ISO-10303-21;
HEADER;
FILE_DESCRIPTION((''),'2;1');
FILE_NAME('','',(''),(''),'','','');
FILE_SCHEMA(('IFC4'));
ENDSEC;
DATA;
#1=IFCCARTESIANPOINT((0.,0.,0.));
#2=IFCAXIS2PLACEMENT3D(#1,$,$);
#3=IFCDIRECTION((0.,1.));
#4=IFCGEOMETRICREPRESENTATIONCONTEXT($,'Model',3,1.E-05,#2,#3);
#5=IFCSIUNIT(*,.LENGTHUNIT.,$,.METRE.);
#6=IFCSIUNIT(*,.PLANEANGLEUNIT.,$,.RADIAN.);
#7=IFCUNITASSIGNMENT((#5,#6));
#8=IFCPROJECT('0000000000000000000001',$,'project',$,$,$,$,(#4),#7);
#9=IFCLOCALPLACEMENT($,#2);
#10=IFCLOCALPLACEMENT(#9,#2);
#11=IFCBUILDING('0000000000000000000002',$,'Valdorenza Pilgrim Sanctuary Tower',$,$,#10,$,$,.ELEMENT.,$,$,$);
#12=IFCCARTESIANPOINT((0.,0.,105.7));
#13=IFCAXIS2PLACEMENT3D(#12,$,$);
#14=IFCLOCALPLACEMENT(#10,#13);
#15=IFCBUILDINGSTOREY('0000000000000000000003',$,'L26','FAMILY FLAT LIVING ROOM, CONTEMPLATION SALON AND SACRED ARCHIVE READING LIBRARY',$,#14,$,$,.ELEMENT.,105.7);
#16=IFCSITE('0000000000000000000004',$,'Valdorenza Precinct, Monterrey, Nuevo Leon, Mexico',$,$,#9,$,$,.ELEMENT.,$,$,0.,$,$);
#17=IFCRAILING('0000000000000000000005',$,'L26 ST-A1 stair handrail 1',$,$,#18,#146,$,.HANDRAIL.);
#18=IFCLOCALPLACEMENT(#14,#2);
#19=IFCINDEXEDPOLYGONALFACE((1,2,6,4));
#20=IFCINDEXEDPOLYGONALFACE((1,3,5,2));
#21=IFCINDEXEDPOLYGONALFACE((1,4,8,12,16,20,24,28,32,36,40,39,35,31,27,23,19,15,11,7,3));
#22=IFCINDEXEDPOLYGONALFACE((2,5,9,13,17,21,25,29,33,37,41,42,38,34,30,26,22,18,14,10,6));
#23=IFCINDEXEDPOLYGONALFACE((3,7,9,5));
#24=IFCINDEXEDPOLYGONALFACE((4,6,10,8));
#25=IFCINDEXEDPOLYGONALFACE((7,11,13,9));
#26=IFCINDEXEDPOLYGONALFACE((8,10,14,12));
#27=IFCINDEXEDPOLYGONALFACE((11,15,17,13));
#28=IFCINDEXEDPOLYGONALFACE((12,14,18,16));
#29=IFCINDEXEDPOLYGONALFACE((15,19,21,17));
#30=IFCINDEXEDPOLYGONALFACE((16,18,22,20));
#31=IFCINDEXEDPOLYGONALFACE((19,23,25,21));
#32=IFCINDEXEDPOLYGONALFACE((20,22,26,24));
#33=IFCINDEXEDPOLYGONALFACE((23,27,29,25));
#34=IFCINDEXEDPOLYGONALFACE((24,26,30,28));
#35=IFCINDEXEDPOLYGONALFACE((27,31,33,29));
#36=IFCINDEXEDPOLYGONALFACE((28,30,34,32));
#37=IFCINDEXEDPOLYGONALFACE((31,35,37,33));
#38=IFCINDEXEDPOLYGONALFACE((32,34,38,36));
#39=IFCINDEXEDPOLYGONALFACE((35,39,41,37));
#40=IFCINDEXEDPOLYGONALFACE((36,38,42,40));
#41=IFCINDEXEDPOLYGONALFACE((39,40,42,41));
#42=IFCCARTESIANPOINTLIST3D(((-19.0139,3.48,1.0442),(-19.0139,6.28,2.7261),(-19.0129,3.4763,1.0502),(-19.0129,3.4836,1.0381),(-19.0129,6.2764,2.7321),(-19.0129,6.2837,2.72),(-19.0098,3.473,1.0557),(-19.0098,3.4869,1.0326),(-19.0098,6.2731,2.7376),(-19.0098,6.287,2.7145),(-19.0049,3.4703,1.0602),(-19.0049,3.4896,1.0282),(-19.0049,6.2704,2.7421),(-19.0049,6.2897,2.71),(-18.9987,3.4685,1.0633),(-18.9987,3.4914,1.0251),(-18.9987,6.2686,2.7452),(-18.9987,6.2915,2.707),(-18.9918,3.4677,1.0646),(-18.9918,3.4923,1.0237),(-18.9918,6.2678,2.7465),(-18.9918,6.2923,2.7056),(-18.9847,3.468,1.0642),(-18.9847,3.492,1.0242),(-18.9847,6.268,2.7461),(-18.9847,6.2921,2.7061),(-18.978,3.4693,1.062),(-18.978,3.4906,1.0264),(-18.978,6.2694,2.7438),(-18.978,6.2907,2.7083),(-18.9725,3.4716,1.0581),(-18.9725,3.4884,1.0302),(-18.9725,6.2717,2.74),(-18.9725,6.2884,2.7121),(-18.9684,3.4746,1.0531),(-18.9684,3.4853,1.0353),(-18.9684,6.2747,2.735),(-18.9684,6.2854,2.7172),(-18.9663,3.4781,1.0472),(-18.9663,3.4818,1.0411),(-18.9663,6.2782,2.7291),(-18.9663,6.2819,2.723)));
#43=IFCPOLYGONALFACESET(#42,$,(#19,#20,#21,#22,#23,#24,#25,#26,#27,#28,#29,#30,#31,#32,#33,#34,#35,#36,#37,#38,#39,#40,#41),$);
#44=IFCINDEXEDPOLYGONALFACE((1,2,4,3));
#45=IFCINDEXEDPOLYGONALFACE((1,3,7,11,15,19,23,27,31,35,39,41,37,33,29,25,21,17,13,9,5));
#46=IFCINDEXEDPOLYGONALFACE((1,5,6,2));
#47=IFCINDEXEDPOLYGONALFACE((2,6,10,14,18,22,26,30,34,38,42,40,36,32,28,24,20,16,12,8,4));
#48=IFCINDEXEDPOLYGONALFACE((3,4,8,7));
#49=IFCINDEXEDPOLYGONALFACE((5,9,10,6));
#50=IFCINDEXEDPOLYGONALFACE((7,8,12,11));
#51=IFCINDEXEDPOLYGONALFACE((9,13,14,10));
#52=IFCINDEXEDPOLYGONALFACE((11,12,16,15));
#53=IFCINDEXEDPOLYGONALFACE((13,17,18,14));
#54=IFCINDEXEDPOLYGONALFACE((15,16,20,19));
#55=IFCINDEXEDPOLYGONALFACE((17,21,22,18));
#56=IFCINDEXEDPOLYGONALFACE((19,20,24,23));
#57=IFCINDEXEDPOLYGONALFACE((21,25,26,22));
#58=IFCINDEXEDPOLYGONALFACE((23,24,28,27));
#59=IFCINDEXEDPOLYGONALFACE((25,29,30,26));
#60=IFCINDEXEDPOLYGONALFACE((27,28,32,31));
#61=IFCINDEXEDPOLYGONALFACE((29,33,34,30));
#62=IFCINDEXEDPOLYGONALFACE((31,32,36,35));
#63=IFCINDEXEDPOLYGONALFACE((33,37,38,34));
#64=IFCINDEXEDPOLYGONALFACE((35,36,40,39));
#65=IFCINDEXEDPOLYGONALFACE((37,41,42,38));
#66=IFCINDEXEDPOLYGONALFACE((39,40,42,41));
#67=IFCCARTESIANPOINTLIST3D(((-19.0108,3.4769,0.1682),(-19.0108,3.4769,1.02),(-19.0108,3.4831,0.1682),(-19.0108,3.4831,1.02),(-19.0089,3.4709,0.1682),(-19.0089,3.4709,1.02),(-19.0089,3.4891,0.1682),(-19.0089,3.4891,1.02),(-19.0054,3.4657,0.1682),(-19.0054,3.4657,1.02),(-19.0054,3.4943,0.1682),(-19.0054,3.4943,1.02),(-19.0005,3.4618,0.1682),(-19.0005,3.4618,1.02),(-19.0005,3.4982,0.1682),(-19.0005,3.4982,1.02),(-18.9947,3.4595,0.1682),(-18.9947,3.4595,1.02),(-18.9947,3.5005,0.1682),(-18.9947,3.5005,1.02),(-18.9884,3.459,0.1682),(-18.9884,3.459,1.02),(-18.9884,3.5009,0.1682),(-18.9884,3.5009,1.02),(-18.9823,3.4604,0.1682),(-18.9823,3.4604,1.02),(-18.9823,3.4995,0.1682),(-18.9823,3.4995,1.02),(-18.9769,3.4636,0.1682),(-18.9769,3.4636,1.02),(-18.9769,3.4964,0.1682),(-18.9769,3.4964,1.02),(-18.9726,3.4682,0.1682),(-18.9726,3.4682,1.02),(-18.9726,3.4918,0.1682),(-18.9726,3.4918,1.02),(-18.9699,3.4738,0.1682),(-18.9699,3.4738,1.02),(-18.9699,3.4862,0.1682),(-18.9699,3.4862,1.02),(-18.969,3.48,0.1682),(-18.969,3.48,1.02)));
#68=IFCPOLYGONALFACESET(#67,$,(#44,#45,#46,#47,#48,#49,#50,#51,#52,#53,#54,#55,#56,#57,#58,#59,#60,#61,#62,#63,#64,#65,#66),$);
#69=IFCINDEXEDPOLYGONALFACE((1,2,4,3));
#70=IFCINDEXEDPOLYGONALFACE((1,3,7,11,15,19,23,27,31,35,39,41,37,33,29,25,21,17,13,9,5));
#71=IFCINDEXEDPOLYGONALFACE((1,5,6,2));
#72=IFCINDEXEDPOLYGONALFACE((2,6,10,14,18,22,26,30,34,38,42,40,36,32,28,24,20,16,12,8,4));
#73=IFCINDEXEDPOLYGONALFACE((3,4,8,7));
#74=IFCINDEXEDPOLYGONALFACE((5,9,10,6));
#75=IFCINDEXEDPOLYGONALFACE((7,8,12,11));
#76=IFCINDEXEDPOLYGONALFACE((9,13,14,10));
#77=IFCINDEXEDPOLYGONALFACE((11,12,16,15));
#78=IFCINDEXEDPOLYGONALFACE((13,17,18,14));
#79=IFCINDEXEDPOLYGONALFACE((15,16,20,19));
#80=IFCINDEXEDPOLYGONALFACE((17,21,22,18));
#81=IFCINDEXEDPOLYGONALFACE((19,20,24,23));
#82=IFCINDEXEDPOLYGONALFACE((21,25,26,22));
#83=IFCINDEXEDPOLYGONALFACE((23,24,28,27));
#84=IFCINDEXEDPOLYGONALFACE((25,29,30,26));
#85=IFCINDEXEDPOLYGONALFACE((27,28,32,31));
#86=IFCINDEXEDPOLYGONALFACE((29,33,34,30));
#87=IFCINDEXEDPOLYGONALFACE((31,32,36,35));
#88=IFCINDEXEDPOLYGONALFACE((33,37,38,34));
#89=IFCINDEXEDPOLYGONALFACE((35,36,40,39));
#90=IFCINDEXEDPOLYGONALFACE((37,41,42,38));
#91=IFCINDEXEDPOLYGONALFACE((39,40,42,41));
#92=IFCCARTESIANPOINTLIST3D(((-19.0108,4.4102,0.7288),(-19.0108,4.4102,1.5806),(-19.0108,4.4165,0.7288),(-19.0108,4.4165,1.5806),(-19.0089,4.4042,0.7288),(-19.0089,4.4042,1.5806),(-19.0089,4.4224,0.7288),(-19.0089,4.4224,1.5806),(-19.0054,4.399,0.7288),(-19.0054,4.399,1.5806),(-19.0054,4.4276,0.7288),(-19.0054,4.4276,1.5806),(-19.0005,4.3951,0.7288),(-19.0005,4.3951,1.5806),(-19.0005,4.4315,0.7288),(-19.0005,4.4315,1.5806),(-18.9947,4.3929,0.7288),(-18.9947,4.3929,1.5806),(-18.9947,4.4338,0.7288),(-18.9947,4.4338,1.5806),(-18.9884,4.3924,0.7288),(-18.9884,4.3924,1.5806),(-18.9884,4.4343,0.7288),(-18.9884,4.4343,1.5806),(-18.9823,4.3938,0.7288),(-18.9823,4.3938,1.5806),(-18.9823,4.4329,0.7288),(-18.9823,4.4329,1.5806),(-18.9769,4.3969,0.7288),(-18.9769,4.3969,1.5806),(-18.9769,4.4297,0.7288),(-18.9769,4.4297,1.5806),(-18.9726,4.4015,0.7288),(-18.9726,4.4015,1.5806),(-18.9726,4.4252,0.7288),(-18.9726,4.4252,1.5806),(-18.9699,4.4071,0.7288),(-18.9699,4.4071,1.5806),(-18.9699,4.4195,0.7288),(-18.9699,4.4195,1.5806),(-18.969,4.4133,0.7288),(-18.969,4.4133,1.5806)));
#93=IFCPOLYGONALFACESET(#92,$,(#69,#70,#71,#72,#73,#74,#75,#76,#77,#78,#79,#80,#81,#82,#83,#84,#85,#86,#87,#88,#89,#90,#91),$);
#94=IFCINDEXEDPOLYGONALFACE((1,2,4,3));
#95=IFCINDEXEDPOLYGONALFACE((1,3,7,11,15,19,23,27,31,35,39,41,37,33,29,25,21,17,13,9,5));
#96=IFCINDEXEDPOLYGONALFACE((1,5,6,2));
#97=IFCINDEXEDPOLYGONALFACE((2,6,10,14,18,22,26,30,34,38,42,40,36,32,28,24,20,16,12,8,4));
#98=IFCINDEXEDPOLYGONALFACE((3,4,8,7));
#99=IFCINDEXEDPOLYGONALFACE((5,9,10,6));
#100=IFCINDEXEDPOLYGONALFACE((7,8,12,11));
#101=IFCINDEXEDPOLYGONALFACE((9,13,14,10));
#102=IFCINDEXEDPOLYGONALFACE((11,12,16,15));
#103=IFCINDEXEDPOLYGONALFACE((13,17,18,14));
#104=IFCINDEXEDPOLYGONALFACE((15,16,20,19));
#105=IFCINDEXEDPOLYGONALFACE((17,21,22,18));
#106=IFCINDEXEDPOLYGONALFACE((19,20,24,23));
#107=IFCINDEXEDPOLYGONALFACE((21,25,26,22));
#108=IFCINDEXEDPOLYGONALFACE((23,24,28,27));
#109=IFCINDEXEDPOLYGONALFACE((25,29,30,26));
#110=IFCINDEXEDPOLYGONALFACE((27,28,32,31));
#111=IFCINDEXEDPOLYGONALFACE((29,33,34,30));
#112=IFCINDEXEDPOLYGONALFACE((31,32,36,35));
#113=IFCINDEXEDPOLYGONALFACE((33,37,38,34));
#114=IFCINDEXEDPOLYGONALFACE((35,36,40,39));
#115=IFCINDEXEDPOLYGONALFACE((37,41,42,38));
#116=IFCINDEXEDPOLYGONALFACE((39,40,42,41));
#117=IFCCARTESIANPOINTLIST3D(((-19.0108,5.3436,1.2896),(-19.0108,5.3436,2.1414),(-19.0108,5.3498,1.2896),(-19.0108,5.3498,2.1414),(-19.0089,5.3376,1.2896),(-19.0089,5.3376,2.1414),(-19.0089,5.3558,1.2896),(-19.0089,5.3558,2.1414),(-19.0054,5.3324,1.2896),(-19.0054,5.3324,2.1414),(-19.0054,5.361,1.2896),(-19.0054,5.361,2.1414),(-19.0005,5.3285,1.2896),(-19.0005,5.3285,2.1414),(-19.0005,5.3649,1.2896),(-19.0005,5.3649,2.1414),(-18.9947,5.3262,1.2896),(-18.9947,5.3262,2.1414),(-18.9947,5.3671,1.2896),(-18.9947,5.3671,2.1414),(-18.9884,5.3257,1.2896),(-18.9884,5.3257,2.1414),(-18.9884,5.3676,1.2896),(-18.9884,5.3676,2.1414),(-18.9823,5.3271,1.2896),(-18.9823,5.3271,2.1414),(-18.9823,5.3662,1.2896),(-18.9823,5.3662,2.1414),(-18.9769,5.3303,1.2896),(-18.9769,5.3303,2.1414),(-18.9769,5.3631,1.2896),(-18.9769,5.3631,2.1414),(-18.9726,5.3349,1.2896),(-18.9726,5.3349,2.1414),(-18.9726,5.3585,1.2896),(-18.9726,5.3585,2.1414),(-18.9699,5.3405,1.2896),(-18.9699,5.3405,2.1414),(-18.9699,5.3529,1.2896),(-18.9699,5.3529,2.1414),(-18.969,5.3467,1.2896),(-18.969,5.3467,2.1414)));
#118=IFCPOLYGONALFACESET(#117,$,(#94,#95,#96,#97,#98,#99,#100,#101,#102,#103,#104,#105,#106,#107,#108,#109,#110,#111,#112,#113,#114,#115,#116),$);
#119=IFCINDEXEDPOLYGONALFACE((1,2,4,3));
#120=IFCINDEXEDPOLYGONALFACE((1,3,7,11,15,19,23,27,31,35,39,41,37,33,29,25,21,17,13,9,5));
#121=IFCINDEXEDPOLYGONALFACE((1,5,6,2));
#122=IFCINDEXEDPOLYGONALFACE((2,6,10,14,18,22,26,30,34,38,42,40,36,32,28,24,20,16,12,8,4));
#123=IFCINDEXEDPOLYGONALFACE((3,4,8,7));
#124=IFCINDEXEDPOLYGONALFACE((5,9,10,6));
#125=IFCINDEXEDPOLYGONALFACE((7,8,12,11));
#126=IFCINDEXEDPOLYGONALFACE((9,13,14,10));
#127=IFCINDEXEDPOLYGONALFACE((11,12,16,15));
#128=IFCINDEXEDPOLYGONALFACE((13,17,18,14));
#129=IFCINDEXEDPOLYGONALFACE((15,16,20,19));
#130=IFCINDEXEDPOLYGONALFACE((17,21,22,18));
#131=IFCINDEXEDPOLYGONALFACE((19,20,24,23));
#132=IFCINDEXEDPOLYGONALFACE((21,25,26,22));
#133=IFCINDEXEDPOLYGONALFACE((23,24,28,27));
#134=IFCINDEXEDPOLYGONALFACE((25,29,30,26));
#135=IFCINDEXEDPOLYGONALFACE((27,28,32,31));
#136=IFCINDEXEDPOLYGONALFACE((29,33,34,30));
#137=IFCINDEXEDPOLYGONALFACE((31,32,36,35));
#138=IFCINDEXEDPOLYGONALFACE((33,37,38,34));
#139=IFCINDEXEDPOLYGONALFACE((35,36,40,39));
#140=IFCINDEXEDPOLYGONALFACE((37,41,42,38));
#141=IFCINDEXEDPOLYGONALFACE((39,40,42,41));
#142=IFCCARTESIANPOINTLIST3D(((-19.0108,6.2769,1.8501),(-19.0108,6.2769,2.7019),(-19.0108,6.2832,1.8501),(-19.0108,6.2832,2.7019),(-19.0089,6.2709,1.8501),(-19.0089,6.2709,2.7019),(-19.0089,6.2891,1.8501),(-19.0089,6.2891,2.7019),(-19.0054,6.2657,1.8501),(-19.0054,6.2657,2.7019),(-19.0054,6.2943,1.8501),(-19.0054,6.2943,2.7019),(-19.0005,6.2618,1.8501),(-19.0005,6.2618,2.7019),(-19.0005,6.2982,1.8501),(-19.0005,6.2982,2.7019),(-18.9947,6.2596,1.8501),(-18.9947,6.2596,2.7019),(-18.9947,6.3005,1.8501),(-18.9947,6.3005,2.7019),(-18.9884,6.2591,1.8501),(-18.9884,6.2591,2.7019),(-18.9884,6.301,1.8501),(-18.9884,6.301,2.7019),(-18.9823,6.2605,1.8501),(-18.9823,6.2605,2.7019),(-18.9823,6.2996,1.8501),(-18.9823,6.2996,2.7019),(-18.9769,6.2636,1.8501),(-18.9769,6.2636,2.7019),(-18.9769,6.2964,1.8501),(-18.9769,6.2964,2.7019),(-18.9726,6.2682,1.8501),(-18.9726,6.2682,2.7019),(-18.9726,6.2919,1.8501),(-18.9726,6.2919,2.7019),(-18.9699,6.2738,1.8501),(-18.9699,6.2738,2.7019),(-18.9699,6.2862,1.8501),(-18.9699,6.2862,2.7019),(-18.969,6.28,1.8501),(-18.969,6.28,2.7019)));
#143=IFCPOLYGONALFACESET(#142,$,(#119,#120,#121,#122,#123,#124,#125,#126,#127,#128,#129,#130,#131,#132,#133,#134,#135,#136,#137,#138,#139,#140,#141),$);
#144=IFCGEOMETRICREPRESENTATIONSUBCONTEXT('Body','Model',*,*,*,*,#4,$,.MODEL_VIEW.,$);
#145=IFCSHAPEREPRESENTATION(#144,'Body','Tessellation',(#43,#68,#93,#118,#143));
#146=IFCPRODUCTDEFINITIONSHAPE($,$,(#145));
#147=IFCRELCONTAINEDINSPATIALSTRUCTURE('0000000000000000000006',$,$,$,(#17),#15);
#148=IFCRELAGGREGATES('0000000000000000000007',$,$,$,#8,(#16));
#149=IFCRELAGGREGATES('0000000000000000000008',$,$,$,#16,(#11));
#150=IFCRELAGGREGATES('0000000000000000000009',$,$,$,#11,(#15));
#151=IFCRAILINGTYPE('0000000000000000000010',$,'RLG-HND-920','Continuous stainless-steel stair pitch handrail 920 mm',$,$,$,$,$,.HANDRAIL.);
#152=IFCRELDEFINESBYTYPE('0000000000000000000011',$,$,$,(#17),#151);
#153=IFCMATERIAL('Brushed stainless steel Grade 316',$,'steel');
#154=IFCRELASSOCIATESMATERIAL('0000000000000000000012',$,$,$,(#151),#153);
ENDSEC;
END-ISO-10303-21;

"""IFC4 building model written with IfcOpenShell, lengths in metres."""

from ifc_helpers import new_model, si_unit, direction, frame, origin, origin_2d, place, context, subcontext, project, spatial, circle, extrude, material, type_object, element, save


model = new_model("IFC4")

# Units and contexts
model_context = context("Model", 3, precision=1e-05, world=origin(), true_north=direction((0.0, 1.0)))
body_context = subcontext(model_context, "Body", "Model", "MODEL_VIEW")
ifc_project = project(units=[si_unit("LENGTHUNIT", "METRE"), si_unit("PLANEANGLEUNIT", "RADIAN")], contexts=[model_context])

# Site, building, storey
site_placement = place(None, origin())
site = spatial("IfcSite", under=ifc_project, at=site_placement, Name="Valdorenza Precinct, Monterrey, Nuevo Leon, Mexico", CompositionType="ELEMENT", RefElevation=0.0)
building_placement = place(site_placement, origin())
building = spatial("IfcBuilding", under=site, at=building_placement, Name="Valdorenza Pilgrim Sanctuary Tower", CompositionType="ELEMENT")
storey_placement = place(building_placement, frame((0.0, 0.0, 105.7)))
storey = spatial("IfcBuildingStorey", under=building, at=storey_placement, Name="L26", Description="FAMILY FLAT LIVING ROOM, CONTEMPLATION SALON AND SACRED ARCHIVE READING LIBRARY", CompositionType="ELEMENT", Elevation=105.7)

# Shared definitions
ifc_material_1 = material(Name="Brushed stainless steel Grade 316", Category="steel")

# Railing
railing_type_1 = type_object("IfcRailingType", Name="RLG-HND-920", Description="Continuous stainless-steel stair pitch handrail 920 mm", PredefinedType="HANDRAIL", material=ifc_material_1)
railing_1_placement = place(storey_placement, frame((-18.99, 3.48, 0.1682)))
element("IfcRailing", 1, at=railing_1_placement, inside=storey, type_object=railing_type_1, Name="L26 ST-A1 stair handrail 1", PredefinedType="HANDRAIL", context=body_context, shape_type="SweptSolid", body=[
    extrude(circle(Radius=0.0239, at=origin_2d()), frame((0.0, 0.0, 0.876), z_axis=(0.0, 0.857242, 0.514913), x_axis=(-1.0, 0.0, 0.0)), (0.0, 0.0, 1.0), 3.2664),
    extrude(circle(Radius=0.021, at=origin_2d()), origin(), (0.0, 0.0, 1.0), 0.8518),
    extrude(circle(Radius=0.021, at=origin_2d()), frame((0.0, 0.9333, 0.5605)), (0.0, 0.0, 1.0), 0.8518),
    extrude(circle(Radius=0.021, at=origin_2d()), frame((0.0, 1.8667, 1.1213)), (0.0, 0.0, 1.0), 0.8518),
    extrude(circle(Radius=0.021, at=origin_2d()), frame((0.0, 2.8, 1.6819)), (0.0, 0.0, 1.0), 0.8518),
])

save(model, "model.ifc")
